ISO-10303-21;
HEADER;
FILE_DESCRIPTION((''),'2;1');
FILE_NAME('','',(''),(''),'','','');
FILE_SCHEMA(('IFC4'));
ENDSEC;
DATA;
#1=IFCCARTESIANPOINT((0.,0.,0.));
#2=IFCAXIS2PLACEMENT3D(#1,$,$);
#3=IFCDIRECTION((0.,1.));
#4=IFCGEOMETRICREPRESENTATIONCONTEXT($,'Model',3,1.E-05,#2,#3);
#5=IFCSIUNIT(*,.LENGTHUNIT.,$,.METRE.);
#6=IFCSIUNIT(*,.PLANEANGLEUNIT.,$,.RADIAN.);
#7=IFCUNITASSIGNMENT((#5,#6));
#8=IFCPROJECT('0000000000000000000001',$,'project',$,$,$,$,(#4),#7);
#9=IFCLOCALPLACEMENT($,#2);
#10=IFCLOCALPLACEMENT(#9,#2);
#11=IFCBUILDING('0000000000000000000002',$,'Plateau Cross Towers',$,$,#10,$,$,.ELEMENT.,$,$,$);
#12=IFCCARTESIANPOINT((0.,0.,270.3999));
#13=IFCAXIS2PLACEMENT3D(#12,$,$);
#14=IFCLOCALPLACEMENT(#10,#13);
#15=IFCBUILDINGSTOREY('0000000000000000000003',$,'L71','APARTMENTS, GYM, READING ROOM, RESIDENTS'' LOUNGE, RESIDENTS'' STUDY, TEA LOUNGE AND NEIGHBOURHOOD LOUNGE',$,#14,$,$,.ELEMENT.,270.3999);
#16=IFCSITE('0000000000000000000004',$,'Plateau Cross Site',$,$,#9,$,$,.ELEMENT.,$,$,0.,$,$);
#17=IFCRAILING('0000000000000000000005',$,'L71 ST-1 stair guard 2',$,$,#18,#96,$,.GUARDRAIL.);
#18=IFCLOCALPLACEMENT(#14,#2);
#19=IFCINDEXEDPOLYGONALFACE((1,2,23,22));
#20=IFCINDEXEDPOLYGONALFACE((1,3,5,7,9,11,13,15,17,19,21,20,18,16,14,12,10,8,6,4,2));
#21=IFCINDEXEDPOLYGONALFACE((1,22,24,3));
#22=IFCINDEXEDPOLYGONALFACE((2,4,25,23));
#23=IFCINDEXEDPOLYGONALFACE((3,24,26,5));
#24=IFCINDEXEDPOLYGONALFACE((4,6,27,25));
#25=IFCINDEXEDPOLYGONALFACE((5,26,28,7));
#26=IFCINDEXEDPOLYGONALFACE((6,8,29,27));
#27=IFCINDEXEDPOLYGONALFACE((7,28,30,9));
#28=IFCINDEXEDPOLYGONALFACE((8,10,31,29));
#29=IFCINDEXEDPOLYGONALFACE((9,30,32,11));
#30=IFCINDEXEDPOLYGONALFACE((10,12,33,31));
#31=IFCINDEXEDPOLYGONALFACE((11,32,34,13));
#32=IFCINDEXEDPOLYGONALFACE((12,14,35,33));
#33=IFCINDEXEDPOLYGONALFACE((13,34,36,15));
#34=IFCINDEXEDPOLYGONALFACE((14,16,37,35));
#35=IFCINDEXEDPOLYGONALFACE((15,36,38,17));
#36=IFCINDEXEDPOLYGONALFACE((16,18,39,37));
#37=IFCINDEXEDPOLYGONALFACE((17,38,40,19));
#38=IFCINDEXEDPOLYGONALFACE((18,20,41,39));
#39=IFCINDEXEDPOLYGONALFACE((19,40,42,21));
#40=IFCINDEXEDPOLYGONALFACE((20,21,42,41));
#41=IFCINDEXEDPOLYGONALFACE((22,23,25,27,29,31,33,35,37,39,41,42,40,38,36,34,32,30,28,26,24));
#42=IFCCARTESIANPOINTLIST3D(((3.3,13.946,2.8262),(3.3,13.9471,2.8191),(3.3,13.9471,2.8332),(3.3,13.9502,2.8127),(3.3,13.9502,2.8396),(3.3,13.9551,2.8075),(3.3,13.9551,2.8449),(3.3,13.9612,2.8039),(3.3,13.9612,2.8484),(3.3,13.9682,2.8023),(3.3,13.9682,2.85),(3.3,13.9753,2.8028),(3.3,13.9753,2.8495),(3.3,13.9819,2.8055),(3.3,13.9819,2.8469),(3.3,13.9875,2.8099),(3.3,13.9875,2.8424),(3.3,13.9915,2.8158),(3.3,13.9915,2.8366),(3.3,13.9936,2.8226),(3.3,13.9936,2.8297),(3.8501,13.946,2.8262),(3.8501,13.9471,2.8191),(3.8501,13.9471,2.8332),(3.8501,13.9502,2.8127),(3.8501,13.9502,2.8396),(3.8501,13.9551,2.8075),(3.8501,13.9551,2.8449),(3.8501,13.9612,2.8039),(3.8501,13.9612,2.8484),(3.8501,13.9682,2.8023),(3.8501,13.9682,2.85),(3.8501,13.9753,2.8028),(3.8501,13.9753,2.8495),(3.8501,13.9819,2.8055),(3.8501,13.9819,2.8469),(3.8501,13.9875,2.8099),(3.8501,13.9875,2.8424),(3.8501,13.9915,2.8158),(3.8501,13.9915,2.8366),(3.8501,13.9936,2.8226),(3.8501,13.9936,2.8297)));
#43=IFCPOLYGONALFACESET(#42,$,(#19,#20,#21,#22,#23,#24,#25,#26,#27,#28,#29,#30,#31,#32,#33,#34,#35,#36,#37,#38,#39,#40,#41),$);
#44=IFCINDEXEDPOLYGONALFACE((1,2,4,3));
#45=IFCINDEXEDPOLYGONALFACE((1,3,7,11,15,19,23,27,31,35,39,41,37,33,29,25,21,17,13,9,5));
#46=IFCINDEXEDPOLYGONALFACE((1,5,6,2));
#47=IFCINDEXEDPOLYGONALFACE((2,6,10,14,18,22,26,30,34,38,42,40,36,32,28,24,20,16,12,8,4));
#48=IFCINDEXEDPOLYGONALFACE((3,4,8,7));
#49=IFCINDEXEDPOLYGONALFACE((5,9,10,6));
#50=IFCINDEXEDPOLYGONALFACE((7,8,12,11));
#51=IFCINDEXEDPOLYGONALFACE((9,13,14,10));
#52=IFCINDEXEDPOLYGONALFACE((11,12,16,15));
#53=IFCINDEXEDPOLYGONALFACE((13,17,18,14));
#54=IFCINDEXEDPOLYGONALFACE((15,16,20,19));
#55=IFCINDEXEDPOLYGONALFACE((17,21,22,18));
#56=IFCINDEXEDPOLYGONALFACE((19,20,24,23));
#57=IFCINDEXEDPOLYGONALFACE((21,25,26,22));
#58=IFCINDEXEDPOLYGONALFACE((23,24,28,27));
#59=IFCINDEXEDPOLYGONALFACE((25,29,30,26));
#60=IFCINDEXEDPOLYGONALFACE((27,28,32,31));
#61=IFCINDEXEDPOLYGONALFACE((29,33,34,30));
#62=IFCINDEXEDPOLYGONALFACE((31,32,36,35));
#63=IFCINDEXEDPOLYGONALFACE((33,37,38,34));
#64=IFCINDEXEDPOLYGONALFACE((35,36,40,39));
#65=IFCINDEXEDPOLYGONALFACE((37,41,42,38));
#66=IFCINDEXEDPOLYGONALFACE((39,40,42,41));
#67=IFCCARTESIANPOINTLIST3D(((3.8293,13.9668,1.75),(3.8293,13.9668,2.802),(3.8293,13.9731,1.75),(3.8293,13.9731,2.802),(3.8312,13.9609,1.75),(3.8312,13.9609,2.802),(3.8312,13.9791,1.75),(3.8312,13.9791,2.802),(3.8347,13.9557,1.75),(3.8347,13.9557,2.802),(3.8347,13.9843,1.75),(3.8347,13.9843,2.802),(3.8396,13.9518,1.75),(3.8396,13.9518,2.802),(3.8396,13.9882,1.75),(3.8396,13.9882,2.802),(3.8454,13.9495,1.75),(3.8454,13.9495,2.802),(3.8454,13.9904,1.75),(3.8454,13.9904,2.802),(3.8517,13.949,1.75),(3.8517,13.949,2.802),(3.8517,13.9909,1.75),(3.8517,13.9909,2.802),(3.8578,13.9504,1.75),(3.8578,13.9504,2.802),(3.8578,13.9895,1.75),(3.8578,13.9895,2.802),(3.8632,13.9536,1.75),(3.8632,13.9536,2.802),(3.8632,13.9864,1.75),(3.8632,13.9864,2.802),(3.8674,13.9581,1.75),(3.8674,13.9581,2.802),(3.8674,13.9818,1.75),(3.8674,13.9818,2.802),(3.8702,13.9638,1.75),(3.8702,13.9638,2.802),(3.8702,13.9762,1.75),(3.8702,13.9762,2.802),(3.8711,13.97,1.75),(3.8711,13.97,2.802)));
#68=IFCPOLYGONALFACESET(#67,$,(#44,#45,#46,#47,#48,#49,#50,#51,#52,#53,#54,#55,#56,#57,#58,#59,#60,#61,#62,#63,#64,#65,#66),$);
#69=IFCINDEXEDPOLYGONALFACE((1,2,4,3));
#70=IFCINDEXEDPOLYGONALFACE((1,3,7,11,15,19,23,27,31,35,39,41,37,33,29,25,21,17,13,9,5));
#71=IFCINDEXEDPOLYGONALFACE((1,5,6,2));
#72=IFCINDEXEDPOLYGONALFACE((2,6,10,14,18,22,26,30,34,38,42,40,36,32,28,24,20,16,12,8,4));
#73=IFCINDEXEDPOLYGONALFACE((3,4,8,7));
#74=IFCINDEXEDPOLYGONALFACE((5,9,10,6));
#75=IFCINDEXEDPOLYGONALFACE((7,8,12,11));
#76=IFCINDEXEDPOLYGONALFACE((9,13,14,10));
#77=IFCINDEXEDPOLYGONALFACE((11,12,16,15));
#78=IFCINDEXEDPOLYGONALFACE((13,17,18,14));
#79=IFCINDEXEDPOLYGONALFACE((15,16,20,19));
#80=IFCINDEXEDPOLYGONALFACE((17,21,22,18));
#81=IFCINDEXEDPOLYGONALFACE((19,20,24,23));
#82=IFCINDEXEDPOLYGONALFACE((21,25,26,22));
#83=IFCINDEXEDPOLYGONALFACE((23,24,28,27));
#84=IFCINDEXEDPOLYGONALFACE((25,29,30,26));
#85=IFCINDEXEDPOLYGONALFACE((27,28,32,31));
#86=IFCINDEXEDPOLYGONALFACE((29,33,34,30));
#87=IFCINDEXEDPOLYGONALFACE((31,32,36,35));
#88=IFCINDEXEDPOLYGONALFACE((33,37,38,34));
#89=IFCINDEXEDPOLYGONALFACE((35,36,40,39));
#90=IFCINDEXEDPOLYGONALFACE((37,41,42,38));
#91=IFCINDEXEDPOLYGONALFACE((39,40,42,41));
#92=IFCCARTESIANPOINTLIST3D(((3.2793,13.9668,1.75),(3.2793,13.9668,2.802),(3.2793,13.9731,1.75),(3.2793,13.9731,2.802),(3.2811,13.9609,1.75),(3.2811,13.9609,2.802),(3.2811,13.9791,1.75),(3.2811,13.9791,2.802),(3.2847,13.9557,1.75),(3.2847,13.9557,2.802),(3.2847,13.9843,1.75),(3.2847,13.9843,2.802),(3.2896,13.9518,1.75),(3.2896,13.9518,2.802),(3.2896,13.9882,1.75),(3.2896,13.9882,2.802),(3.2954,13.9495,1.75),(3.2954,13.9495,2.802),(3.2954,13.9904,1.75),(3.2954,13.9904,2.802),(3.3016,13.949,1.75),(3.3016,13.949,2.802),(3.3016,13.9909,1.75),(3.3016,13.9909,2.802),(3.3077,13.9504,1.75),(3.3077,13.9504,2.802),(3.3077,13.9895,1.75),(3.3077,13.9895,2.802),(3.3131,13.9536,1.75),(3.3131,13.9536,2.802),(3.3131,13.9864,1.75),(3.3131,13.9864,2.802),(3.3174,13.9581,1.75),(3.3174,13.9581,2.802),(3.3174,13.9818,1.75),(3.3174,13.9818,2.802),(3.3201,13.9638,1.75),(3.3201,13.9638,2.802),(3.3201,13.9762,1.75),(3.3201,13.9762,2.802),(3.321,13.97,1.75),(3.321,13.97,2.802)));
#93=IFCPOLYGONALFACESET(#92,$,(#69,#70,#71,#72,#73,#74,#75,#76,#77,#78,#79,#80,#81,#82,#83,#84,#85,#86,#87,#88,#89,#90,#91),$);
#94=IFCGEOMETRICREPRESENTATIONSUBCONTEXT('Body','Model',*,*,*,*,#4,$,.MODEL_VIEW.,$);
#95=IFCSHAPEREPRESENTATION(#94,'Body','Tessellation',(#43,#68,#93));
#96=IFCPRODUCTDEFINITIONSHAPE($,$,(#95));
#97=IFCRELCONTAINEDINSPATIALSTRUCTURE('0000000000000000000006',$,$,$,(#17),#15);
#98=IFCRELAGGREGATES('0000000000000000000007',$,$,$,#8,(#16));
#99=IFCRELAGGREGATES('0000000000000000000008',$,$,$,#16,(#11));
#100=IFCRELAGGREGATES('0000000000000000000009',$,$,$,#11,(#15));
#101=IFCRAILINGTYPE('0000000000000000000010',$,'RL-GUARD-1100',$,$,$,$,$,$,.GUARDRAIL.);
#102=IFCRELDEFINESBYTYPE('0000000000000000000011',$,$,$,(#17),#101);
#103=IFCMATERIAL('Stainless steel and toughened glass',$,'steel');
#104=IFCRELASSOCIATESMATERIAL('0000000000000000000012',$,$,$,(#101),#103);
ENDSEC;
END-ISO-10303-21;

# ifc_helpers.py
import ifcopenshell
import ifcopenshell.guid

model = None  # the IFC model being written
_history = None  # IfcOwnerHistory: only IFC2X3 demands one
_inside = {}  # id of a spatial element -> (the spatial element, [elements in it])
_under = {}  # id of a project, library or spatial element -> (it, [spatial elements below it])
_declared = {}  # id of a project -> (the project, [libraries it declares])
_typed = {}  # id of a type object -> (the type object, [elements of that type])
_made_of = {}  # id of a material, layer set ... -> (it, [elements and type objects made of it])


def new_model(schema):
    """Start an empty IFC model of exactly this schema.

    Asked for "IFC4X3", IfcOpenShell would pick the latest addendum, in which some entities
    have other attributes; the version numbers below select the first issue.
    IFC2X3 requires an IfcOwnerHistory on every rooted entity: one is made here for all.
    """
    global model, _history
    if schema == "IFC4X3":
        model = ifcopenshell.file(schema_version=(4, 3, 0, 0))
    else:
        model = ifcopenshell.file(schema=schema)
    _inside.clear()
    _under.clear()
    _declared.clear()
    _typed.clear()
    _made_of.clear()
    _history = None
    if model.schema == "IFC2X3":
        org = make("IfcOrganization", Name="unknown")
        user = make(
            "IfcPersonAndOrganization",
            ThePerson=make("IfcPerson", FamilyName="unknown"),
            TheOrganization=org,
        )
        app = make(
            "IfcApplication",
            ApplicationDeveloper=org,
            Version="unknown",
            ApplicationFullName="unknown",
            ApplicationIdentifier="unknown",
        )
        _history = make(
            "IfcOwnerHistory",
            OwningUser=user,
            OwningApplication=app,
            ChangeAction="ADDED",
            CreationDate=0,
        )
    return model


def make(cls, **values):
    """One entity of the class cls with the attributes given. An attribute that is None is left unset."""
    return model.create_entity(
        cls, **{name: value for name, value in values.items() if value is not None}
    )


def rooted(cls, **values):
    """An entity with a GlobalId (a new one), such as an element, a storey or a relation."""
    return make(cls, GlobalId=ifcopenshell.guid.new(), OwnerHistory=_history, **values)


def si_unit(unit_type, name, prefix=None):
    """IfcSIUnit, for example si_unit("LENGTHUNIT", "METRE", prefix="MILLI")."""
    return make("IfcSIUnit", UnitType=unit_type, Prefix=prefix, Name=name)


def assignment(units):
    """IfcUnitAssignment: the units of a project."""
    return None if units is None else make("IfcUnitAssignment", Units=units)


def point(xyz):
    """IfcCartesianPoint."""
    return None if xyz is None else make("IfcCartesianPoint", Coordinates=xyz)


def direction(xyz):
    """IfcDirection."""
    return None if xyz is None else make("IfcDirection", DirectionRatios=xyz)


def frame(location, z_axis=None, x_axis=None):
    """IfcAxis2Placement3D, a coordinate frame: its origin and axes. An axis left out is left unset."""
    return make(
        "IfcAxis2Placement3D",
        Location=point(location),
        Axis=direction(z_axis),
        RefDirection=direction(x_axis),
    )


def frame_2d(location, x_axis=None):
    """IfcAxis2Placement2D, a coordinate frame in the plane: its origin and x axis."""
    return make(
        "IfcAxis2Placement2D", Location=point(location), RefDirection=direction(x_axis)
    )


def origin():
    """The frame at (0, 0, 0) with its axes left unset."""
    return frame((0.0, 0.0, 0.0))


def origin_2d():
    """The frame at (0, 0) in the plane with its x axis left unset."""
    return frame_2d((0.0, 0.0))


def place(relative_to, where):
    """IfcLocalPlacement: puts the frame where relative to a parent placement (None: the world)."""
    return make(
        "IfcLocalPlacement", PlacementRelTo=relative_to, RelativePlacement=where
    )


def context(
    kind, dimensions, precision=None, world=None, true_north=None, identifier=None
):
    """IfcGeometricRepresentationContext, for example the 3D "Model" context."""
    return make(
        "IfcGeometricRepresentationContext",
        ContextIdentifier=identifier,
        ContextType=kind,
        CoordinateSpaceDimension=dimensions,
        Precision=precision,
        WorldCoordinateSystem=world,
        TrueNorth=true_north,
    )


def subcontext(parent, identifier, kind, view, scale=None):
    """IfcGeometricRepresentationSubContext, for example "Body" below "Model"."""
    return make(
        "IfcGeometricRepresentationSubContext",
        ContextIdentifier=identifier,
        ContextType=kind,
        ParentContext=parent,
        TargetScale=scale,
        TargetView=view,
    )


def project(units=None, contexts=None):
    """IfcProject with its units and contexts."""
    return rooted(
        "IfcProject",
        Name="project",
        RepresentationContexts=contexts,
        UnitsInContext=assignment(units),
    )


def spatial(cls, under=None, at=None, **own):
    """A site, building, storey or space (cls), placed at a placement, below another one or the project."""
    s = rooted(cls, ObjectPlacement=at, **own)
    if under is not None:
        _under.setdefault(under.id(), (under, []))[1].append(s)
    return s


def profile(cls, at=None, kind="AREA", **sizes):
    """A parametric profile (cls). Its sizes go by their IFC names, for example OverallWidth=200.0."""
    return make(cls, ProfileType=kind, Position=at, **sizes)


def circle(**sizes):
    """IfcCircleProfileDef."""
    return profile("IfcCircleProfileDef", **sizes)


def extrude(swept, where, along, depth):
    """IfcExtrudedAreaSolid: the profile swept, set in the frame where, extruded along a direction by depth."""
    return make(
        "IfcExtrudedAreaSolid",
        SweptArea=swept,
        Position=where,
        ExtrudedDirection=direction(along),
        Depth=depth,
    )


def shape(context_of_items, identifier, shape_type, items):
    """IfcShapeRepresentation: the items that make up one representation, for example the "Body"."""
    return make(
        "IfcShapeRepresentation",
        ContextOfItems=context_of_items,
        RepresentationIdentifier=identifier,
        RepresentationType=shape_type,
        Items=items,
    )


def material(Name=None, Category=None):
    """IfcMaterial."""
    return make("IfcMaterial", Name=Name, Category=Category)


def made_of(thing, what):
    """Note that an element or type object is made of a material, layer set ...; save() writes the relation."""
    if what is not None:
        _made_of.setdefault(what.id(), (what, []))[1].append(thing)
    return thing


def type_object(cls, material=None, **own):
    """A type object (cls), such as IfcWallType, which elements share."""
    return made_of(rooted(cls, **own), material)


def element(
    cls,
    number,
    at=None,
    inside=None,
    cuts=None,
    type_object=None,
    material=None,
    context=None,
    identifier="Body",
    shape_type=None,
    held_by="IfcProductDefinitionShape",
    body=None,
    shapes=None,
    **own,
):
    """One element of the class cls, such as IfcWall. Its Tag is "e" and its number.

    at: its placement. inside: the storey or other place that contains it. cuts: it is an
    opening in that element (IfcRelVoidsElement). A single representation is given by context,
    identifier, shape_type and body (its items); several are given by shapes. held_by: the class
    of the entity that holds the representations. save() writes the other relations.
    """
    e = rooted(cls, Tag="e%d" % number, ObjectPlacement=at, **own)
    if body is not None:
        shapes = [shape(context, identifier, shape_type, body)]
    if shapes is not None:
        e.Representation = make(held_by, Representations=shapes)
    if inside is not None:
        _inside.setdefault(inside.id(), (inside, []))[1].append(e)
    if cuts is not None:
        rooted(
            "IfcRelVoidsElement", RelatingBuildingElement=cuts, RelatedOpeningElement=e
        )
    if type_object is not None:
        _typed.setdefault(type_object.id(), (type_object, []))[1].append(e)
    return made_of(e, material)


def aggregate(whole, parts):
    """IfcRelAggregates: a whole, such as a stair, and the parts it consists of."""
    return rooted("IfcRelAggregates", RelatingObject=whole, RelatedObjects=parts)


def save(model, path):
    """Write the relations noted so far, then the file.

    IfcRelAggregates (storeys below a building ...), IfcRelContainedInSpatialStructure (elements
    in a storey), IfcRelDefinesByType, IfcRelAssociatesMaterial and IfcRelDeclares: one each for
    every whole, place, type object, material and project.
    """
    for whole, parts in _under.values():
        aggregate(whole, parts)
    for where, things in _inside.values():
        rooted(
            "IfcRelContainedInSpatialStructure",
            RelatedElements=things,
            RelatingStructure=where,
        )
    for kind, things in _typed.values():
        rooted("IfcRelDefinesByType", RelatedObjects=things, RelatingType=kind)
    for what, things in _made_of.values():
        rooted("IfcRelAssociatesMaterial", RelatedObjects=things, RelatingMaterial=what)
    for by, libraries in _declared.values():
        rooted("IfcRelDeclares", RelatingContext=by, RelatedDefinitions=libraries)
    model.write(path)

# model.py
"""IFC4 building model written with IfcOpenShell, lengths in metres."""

from ifc_helpers import new_model, si_unit, direction, frame, origin, origin_2d, place, context, subcontext, project, spatial, circle, extrude, material, type_object, element, save


model = new_model("IFC4")

# Units and contexts
model_context = context("Model", 3, precision=1e-05, world=origin(), true_north=direction((0.0, 1.0)))
body_context = subcontext(model_context, "Body", "Model", "MODEL_VIEW")
ifc_project = project(units=[si_unit("LENGTHUNIT", "METRE"), si_unit("PLANEANGLEUNIT", "RADIAN")], contexts=[model_context])

# Site, building, storey
site_placement = place(None, origin())
site = spatial("IfcSite", under=ifc_project, at=site_placement, Name="Plateau Cross Site", CompositionType="ELEMENT", RefElevation=0.0)
building_placement = place(site_placement, origin())
building = spatial("IfcBuilding", under=site, at=building_placement, Name="Plateau Cross Towers", CompositionType="ELEMENT")
storey_placement = place(building_placement, frame((0.0, 0.0, 270.3999)))
storey = spatial("IfcBuildingStorey", under=building, at=storey_placement, Name="L71", Description="APARTMENTS, GYM, READING ROOM, RESIDENTS' LOUNGE, RESIDENTS' STUDY, TEA LOUNGE AND NEIGHBOURHOOD LOUNGE", CompositionType="ELEMENT", Elevation=270.3999)

# Railing
ifc_material_1 = material(Name="Stainless steel and toughened glass", Category="steel")
railing_type_1 = type_object("IfcRailingType", Name="RL-GUARD-1100", PredefinedType="GUARDRAIL", material=ifc_material_1)
railing_1_placement = place(storey_placement, frame((3.8501, 13.97, 1.75)))
element("IfcRailing", 1, at=railing_1_placement, inside=storey, type_object=railing_type_1, Name="L71 ST-1 stair guard 2", PredefinedType="GUARDRAIL", context=body_context, shape_type="SweptSolid", body=[
    extrude(circle(Radius=0.0239, at=origin_2d()), frame((0.0, 0.0, 1.0762), z_axis=(-1.0, 0.0, 0.0), x_axis=(0.0, -1.0, 0.0)), (0.0, 0.0, 1.0), 0.55),
    extrude(circle(Radius=0.021, at=origin_2d()), origin(), (0.0, 0.0, 1.0), 1.052),
    extrude(circle(Radius=0.021, at=origin_2d()), frame((-0.55, 0.0, 0.0)), (0.0, 0.0, 1.0), 1.052),
])

save(model, "model.ifc")
